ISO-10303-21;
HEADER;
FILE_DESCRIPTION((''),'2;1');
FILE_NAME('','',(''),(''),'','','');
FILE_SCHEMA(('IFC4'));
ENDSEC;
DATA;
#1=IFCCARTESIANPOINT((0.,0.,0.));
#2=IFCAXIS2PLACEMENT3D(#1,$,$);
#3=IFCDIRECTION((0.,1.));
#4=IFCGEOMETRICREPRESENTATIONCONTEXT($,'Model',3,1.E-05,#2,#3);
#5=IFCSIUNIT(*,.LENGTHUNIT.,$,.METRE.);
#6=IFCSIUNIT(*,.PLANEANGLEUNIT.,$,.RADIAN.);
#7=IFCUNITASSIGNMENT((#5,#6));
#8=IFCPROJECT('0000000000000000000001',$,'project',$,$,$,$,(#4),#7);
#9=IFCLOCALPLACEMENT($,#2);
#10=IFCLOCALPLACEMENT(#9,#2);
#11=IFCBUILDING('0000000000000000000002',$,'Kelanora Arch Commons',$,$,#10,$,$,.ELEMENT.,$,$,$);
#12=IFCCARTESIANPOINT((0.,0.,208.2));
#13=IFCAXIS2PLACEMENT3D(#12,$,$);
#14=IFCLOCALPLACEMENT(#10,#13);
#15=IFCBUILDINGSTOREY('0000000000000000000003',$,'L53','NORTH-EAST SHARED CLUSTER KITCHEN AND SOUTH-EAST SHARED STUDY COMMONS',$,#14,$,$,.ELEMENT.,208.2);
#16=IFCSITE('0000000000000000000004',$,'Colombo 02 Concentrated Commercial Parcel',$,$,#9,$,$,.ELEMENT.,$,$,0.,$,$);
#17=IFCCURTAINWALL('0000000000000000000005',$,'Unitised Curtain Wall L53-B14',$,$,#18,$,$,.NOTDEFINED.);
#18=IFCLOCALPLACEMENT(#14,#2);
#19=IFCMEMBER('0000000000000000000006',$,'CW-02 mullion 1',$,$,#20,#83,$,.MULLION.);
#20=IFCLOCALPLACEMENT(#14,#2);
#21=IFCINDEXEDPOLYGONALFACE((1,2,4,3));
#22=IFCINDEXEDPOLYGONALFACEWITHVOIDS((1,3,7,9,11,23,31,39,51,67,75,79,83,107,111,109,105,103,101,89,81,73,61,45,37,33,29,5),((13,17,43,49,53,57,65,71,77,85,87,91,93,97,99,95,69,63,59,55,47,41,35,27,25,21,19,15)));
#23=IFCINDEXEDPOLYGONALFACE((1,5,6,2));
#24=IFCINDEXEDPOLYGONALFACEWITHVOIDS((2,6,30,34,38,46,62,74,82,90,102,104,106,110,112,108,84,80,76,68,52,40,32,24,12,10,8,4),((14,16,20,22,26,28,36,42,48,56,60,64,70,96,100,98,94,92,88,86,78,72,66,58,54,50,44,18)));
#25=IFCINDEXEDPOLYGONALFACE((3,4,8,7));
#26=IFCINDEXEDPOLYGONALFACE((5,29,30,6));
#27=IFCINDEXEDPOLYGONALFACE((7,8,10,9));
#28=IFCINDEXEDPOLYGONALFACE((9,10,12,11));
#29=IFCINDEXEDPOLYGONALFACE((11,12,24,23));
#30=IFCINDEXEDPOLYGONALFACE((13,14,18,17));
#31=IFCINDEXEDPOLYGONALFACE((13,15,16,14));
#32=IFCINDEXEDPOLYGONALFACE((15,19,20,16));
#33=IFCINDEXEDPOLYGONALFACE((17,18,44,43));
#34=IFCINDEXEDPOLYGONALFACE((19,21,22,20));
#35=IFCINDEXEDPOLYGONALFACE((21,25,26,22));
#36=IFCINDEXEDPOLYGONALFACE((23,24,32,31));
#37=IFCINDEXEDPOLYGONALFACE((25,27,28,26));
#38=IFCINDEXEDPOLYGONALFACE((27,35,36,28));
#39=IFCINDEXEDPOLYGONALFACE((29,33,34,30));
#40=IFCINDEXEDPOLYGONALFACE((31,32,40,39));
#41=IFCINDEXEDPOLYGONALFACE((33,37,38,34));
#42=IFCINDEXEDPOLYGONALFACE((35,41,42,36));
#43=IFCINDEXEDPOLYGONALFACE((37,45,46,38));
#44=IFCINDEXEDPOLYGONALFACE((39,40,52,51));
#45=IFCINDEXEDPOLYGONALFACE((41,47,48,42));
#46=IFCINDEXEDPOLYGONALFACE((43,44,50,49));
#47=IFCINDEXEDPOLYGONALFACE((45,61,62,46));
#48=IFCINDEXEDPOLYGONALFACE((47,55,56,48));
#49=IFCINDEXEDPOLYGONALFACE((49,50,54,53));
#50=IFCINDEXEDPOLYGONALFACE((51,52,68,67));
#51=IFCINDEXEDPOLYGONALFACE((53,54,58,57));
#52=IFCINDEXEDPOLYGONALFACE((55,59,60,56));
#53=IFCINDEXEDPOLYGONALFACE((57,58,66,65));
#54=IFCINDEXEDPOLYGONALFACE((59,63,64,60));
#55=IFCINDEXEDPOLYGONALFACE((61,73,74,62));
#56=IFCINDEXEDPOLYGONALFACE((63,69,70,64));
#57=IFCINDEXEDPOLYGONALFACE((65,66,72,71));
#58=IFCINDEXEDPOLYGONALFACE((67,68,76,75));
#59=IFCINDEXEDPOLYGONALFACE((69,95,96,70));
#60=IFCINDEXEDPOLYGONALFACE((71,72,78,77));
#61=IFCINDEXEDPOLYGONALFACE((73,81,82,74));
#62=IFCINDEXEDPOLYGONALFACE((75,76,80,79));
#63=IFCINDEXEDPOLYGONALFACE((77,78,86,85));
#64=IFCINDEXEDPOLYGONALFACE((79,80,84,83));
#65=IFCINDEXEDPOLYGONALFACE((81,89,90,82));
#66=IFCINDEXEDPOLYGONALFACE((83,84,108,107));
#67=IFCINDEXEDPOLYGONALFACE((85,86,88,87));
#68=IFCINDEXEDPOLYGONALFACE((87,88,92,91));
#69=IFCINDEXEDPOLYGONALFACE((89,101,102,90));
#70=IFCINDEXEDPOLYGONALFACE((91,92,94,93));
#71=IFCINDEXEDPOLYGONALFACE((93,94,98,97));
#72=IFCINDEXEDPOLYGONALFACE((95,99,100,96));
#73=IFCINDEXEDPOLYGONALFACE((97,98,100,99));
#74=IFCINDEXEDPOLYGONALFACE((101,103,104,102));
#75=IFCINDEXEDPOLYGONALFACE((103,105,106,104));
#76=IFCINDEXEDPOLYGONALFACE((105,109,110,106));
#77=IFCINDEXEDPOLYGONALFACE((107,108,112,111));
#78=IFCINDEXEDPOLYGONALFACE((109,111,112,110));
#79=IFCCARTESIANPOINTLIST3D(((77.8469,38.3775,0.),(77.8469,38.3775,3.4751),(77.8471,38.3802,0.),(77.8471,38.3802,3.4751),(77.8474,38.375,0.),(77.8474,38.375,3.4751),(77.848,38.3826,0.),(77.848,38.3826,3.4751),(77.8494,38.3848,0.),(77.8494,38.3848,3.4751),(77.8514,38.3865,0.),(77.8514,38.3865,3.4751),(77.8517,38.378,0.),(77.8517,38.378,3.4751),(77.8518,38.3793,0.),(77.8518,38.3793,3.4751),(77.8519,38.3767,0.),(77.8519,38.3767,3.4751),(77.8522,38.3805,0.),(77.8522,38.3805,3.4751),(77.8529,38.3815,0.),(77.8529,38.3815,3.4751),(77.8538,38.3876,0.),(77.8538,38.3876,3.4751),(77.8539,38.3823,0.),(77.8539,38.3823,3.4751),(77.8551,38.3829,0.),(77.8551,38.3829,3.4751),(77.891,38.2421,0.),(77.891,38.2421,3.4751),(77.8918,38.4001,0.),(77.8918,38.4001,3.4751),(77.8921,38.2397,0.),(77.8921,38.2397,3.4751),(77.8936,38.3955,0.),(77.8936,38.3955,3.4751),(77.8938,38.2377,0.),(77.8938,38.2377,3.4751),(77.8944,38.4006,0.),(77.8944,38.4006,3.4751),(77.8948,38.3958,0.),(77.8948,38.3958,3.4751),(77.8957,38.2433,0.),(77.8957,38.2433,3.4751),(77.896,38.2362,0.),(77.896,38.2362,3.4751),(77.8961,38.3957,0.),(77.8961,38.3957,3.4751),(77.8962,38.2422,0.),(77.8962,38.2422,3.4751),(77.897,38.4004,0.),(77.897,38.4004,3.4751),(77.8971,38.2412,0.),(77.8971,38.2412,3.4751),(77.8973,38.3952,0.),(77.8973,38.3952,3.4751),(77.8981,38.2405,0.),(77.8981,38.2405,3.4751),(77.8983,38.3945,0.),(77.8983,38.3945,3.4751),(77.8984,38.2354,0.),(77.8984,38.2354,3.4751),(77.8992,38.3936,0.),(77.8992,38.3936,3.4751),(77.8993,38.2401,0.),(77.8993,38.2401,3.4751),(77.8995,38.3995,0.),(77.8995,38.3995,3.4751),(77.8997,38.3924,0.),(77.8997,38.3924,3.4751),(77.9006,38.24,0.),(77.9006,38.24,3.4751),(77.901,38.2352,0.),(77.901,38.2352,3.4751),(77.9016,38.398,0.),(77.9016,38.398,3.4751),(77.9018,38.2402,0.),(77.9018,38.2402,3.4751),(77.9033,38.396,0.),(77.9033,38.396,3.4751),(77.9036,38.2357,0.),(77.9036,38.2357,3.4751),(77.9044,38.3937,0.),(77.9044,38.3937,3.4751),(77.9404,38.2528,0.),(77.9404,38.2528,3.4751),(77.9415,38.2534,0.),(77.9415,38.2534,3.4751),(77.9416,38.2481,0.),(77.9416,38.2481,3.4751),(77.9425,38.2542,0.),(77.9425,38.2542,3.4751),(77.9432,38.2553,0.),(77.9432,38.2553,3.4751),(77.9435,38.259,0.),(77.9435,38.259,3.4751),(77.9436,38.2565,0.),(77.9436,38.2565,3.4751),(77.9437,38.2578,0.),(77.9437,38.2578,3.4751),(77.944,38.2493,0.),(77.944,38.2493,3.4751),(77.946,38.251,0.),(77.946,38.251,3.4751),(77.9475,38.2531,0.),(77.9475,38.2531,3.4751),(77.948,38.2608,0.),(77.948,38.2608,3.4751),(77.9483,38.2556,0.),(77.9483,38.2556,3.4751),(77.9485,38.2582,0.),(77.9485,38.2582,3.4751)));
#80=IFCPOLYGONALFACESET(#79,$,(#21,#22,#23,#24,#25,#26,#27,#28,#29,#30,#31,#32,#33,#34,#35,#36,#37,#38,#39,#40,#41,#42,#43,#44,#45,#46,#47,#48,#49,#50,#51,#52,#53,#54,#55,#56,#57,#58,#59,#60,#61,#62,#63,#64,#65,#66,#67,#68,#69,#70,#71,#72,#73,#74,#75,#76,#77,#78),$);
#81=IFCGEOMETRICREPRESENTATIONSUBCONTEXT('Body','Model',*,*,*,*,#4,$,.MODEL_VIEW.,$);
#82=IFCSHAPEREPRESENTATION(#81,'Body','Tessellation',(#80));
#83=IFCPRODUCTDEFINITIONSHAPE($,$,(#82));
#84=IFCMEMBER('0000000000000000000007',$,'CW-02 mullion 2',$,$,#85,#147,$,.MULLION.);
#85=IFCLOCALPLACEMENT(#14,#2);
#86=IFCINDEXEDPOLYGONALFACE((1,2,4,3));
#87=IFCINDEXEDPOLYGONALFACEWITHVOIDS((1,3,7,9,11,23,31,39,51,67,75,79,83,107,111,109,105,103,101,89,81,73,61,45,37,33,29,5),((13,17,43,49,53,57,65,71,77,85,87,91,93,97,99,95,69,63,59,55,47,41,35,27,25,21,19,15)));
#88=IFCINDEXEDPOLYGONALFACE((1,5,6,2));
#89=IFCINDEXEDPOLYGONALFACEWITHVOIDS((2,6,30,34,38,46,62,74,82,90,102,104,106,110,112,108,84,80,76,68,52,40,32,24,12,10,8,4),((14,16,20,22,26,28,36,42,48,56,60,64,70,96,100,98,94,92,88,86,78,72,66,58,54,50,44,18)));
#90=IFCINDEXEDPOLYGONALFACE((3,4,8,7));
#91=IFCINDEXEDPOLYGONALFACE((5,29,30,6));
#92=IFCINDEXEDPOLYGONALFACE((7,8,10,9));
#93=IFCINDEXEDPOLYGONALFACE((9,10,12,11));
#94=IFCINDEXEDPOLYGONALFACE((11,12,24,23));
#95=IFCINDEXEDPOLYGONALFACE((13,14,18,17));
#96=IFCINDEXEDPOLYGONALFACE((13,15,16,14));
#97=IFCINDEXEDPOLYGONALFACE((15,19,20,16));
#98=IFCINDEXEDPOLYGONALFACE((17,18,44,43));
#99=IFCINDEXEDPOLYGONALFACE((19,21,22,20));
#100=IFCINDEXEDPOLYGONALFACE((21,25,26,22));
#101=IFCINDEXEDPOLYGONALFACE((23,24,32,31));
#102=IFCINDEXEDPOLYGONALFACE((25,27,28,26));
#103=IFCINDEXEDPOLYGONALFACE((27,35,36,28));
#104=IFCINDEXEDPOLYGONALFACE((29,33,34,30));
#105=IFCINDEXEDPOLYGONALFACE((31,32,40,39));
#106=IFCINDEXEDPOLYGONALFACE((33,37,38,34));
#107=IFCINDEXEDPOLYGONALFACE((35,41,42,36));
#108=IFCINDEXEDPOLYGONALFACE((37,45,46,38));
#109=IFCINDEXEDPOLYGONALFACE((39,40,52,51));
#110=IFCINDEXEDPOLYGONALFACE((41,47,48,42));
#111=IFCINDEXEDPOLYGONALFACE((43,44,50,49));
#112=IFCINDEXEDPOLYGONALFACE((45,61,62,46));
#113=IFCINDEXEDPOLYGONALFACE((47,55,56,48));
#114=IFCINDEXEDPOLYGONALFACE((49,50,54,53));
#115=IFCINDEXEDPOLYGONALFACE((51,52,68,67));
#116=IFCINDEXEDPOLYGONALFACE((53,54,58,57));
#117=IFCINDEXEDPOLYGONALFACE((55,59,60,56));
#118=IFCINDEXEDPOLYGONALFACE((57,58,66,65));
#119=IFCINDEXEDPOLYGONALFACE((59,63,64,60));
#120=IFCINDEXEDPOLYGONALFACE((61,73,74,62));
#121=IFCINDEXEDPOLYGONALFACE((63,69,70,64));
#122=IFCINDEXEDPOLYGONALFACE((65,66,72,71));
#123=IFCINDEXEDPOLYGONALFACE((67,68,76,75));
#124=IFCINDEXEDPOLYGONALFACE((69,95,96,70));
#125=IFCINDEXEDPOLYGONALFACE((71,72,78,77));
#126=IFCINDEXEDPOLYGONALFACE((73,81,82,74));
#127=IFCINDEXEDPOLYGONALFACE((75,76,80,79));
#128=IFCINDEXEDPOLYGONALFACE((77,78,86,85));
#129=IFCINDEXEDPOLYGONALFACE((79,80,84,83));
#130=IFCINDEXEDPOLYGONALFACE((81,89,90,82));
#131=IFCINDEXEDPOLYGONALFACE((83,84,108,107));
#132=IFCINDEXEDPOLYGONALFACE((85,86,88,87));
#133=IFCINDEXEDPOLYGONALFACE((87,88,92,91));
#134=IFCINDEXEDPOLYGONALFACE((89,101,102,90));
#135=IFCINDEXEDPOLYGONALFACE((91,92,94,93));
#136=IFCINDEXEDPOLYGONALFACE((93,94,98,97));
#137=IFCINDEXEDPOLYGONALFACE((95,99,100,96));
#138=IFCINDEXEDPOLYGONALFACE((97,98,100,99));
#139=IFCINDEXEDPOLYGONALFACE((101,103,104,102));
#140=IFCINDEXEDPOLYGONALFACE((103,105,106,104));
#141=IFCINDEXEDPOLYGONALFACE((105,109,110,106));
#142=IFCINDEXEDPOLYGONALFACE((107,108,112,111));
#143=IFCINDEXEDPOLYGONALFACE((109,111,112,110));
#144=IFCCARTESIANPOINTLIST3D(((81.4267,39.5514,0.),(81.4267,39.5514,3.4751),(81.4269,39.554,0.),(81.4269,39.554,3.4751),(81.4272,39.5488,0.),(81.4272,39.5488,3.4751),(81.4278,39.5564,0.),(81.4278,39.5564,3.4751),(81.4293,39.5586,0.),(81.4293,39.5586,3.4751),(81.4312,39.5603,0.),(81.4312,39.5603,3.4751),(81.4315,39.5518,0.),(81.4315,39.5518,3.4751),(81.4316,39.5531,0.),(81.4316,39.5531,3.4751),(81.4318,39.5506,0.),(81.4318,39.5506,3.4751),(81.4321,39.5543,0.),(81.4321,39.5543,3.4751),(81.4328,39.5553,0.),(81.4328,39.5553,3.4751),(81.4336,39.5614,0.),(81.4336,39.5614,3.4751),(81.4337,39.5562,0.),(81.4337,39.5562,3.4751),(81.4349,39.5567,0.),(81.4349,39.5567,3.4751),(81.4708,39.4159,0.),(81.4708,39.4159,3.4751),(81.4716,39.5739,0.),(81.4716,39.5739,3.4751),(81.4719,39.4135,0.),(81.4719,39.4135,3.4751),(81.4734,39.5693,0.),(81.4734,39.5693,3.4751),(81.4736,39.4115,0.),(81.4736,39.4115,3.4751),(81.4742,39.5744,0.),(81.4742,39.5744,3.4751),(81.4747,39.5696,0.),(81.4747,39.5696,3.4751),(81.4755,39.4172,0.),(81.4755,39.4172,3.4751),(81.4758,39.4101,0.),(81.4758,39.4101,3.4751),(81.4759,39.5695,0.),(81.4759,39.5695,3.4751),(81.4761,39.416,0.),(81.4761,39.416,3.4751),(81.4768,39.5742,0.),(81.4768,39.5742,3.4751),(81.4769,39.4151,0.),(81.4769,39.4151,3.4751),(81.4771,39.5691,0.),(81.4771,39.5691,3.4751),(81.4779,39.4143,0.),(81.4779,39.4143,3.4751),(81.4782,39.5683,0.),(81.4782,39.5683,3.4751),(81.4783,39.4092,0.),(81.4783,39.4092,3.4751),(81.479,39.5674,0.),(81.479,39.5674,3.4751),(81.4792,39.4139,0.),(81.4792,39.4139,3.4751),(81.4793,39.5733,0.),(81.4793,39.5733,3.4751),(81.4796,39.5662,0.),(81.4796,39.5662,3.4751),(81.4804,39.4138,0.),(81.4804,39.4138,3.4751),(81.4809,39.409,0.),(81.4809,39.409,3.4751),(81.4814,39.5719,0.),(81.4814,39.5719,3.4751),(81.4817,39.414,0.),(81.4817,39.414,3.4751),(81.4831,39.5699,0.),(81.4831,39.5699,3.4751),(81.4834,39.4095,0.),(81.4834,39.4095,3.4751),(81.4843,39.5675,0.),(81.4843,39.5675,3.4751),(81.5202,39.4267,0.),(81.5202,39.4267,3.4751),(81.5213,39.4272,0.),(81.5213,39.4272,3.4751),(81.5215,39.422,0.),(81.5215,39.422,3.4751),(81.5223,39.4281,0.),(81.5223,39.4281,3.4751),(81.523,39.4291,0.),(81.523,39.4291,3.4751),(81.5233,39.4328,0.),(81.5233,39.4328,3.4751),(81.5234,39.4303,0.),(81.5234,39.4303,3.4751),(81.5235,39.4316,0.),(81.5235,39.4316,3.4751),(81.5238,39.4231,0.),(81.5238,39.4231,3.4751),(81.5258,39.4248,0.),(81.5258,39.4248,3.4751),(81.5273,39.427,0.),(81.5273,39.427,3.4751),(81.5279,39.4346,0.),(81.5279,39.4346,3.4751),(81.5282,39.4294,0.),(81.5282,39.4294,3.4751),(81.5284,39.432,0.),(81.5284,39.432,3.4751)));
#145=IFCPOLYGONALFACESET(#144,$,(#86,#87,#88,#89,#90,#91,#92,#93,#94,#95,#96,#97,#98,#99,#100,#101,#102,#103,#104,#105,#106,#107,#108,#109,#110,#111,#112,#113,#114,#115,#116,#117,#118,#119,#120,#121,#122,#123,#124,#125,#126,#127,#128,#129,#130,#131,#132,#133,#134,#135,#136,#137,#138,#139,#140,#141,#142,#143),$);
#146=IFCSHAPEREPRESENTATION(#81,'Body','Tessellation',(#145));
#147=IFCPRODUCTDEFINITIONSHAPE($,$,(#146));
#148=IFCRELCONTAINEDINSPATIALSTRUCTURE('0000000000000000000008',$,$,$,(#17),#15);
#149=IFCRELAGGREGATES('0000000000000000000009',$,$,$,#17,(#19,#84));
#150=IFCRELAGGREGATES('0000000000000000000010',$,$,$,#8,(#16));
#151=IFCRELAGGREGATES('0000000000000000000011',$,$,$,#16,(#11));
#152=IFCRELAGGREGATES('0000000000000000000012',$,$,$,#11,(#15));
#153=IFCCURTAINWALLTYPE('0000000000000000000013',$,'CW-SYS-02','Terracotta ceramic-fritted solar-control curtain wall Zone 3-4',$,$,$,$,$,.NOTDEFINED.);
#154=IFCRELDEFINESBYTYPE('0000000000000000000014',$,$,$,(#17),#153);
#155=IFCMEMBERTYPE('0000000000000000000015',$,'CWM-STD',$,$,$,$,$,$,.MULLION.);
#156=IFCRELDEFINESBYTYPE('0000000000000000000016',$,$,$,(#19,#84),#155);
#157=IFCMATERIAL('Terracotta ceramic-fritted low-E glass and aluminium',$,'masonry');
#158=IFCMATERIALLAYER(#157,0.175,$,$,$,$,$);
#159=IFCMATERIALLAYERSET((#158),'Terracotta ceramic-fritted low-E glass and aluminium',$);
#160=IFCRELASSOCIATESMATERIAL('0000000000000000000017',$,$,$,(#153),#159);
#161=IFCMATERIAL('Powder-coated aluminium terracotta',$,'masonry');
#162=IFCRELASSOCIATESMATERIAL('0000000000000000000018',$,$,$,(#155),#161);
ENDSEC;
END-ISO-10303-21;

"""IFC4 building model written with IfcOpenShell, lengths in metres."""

from ifc_helpers import new_model, si_unit, direction, frame, origin, origin_2d, place, context, subcontext, project, spatial, hollow_rectangle, extrude, material, layer, layer_set, material_profile, profile_set, type_object, element, aggregate, save


model = new_model("IFC4")

# Units and contexts
model_context = context("Model", 3, precision=1e-05, world=origin(), true_north=direction((0.0, 1.0)))
body_context = subcontext(model_context, "Body", "Model", "MODEL_VIEW")
ifc_project = project(units=[si_unit("LENGTHUNIT", "METRE"), si_unit("PLANEANGLEUNIT", "RADIAN")], contexts=[model_context])

# Site, building, storey
site_placement = place(None, origin())
site = spatial("IfcSite", under=ifc_project, at=site_placement, Name="Colombo 02 Concentrated Commercial Parcel", CompositionType="ELEMENT", RefElevation=0.0)
building_placement = place(site_placement, origin())
building = spatial("IfcBuilding", under=site, at=building_placement, Name="Kelanora Arch Commons", CompositionType="ELEMENT")
storey_placement = place(building_placement, frame((0.0, 0.0, 208.2)))
storey = spatial("IfcBuildingStorey", under=building, at=storey_placement, Name="L53", Description="NORTH-EAST SHARED CLUSTER KITCHEN AND SOUTH-EAST SHARED STUDY COMMONS", CompositionType="ELEMENT", Elevation=208.2)

# Curtain wall, members
ifc_material_1 = material(Name="Terracotta ceramic-fritted low-E glass and aluminium", Category="masonry")
ifc_layer_1 = layer(ifc_material_1, 0.175)
ifc_layer_set_1 = layer_set([ifc_layer_1], Name="Terracotta ceramic-fritted low-E glass and aluminium")
curtain_wall_type = type_object("IfcCurtainWallType", Name="CW-SYS-02", Description="Terracotta ceramic-fritted solar-control curtain wall Zone 3-4", PredefinedType="NOTDEFINED", material=ifc_layer_set_1)
curtain_wall_placement = place(storey_placement, origin())
curtain_wall = element("IfcCurtainWall", 1, at=curtain_wall_placement, inside=storey, type_object=curtain_wall_type, Name="Unitised Curtain Wall L53-B14", PredefinedType="NOTDEFINED")
ifc_material_2 = material(Name="Powder-coated aluminium terracotta", Category="masonry")
ifc_material_profile_1 = material_profile(ifc_material_2, hollow_rectangle(XDim=0.1599, YDim=0.0601, WallThickness=0.0049, InnerFilletRadius=0.0049, OuterFilletRadius=0.01, at=origin_2d()), Name="CWM160x60")
ifc_profile_set_1 = profile_set([ifc_material_profile_1], Name="Powder-coated aluminium terracotta")
member_type_1 = type_object("IfcMemberType", Name="CWM-STD", PredefinedType="MULLION", material=ifc_profile_set_1)
member_1_placement = place(storey_placement, frame((77.8977, 38.3179, 0.0), z_axis=(0.0, 0.0, 1.0), x_axis=(-0.311582, 0.950219, 0.0)))
member_1 = element("IfcMember", 2, at=member_1_placement, type_object=member_type_1, Name="CW-02 mullion 1", PredefinedType="MULLION", context=body_context, shape_type="SweptSolid", body=[
    extrude(hollow_rectangle(XDim=0.1599, YDim=0.0601, WallThickness=0.0049, InnerFilletRadius=0.0049, OuterFilletRadius=0.01, at=origin_2d()), origin(), (0.0, 0.0, 1.0), 3.4751),
])
member_2_placement = place(storey_placement, frame((81.4775, 39.4917, 0.0), z_axis=(0.0, 0.0, 1.0), x_axis=(-0.311582, 0.950219, 0.0)))
member_2 = element("IfcMember", 3, at=member_2_placement, type_object=member_type_1, Name="CW-02 mullion 2", PredefinedType="MULLION", context=body_context, shape_type="SweptSolid", body=[
    extrude(hollow_rectangle(XDim=0.1599, YDim=0.0601, WallThickness=0.0049, InnerFilletRadius=0.0049, OuterFilletRadius=0.01, at=origin_2d()), origin(), (0.0, 0.0, 1.0), 3.4751),
])
aggregate(curtain_wall, [member_1, member_2])

save(model, "model.ifc")
